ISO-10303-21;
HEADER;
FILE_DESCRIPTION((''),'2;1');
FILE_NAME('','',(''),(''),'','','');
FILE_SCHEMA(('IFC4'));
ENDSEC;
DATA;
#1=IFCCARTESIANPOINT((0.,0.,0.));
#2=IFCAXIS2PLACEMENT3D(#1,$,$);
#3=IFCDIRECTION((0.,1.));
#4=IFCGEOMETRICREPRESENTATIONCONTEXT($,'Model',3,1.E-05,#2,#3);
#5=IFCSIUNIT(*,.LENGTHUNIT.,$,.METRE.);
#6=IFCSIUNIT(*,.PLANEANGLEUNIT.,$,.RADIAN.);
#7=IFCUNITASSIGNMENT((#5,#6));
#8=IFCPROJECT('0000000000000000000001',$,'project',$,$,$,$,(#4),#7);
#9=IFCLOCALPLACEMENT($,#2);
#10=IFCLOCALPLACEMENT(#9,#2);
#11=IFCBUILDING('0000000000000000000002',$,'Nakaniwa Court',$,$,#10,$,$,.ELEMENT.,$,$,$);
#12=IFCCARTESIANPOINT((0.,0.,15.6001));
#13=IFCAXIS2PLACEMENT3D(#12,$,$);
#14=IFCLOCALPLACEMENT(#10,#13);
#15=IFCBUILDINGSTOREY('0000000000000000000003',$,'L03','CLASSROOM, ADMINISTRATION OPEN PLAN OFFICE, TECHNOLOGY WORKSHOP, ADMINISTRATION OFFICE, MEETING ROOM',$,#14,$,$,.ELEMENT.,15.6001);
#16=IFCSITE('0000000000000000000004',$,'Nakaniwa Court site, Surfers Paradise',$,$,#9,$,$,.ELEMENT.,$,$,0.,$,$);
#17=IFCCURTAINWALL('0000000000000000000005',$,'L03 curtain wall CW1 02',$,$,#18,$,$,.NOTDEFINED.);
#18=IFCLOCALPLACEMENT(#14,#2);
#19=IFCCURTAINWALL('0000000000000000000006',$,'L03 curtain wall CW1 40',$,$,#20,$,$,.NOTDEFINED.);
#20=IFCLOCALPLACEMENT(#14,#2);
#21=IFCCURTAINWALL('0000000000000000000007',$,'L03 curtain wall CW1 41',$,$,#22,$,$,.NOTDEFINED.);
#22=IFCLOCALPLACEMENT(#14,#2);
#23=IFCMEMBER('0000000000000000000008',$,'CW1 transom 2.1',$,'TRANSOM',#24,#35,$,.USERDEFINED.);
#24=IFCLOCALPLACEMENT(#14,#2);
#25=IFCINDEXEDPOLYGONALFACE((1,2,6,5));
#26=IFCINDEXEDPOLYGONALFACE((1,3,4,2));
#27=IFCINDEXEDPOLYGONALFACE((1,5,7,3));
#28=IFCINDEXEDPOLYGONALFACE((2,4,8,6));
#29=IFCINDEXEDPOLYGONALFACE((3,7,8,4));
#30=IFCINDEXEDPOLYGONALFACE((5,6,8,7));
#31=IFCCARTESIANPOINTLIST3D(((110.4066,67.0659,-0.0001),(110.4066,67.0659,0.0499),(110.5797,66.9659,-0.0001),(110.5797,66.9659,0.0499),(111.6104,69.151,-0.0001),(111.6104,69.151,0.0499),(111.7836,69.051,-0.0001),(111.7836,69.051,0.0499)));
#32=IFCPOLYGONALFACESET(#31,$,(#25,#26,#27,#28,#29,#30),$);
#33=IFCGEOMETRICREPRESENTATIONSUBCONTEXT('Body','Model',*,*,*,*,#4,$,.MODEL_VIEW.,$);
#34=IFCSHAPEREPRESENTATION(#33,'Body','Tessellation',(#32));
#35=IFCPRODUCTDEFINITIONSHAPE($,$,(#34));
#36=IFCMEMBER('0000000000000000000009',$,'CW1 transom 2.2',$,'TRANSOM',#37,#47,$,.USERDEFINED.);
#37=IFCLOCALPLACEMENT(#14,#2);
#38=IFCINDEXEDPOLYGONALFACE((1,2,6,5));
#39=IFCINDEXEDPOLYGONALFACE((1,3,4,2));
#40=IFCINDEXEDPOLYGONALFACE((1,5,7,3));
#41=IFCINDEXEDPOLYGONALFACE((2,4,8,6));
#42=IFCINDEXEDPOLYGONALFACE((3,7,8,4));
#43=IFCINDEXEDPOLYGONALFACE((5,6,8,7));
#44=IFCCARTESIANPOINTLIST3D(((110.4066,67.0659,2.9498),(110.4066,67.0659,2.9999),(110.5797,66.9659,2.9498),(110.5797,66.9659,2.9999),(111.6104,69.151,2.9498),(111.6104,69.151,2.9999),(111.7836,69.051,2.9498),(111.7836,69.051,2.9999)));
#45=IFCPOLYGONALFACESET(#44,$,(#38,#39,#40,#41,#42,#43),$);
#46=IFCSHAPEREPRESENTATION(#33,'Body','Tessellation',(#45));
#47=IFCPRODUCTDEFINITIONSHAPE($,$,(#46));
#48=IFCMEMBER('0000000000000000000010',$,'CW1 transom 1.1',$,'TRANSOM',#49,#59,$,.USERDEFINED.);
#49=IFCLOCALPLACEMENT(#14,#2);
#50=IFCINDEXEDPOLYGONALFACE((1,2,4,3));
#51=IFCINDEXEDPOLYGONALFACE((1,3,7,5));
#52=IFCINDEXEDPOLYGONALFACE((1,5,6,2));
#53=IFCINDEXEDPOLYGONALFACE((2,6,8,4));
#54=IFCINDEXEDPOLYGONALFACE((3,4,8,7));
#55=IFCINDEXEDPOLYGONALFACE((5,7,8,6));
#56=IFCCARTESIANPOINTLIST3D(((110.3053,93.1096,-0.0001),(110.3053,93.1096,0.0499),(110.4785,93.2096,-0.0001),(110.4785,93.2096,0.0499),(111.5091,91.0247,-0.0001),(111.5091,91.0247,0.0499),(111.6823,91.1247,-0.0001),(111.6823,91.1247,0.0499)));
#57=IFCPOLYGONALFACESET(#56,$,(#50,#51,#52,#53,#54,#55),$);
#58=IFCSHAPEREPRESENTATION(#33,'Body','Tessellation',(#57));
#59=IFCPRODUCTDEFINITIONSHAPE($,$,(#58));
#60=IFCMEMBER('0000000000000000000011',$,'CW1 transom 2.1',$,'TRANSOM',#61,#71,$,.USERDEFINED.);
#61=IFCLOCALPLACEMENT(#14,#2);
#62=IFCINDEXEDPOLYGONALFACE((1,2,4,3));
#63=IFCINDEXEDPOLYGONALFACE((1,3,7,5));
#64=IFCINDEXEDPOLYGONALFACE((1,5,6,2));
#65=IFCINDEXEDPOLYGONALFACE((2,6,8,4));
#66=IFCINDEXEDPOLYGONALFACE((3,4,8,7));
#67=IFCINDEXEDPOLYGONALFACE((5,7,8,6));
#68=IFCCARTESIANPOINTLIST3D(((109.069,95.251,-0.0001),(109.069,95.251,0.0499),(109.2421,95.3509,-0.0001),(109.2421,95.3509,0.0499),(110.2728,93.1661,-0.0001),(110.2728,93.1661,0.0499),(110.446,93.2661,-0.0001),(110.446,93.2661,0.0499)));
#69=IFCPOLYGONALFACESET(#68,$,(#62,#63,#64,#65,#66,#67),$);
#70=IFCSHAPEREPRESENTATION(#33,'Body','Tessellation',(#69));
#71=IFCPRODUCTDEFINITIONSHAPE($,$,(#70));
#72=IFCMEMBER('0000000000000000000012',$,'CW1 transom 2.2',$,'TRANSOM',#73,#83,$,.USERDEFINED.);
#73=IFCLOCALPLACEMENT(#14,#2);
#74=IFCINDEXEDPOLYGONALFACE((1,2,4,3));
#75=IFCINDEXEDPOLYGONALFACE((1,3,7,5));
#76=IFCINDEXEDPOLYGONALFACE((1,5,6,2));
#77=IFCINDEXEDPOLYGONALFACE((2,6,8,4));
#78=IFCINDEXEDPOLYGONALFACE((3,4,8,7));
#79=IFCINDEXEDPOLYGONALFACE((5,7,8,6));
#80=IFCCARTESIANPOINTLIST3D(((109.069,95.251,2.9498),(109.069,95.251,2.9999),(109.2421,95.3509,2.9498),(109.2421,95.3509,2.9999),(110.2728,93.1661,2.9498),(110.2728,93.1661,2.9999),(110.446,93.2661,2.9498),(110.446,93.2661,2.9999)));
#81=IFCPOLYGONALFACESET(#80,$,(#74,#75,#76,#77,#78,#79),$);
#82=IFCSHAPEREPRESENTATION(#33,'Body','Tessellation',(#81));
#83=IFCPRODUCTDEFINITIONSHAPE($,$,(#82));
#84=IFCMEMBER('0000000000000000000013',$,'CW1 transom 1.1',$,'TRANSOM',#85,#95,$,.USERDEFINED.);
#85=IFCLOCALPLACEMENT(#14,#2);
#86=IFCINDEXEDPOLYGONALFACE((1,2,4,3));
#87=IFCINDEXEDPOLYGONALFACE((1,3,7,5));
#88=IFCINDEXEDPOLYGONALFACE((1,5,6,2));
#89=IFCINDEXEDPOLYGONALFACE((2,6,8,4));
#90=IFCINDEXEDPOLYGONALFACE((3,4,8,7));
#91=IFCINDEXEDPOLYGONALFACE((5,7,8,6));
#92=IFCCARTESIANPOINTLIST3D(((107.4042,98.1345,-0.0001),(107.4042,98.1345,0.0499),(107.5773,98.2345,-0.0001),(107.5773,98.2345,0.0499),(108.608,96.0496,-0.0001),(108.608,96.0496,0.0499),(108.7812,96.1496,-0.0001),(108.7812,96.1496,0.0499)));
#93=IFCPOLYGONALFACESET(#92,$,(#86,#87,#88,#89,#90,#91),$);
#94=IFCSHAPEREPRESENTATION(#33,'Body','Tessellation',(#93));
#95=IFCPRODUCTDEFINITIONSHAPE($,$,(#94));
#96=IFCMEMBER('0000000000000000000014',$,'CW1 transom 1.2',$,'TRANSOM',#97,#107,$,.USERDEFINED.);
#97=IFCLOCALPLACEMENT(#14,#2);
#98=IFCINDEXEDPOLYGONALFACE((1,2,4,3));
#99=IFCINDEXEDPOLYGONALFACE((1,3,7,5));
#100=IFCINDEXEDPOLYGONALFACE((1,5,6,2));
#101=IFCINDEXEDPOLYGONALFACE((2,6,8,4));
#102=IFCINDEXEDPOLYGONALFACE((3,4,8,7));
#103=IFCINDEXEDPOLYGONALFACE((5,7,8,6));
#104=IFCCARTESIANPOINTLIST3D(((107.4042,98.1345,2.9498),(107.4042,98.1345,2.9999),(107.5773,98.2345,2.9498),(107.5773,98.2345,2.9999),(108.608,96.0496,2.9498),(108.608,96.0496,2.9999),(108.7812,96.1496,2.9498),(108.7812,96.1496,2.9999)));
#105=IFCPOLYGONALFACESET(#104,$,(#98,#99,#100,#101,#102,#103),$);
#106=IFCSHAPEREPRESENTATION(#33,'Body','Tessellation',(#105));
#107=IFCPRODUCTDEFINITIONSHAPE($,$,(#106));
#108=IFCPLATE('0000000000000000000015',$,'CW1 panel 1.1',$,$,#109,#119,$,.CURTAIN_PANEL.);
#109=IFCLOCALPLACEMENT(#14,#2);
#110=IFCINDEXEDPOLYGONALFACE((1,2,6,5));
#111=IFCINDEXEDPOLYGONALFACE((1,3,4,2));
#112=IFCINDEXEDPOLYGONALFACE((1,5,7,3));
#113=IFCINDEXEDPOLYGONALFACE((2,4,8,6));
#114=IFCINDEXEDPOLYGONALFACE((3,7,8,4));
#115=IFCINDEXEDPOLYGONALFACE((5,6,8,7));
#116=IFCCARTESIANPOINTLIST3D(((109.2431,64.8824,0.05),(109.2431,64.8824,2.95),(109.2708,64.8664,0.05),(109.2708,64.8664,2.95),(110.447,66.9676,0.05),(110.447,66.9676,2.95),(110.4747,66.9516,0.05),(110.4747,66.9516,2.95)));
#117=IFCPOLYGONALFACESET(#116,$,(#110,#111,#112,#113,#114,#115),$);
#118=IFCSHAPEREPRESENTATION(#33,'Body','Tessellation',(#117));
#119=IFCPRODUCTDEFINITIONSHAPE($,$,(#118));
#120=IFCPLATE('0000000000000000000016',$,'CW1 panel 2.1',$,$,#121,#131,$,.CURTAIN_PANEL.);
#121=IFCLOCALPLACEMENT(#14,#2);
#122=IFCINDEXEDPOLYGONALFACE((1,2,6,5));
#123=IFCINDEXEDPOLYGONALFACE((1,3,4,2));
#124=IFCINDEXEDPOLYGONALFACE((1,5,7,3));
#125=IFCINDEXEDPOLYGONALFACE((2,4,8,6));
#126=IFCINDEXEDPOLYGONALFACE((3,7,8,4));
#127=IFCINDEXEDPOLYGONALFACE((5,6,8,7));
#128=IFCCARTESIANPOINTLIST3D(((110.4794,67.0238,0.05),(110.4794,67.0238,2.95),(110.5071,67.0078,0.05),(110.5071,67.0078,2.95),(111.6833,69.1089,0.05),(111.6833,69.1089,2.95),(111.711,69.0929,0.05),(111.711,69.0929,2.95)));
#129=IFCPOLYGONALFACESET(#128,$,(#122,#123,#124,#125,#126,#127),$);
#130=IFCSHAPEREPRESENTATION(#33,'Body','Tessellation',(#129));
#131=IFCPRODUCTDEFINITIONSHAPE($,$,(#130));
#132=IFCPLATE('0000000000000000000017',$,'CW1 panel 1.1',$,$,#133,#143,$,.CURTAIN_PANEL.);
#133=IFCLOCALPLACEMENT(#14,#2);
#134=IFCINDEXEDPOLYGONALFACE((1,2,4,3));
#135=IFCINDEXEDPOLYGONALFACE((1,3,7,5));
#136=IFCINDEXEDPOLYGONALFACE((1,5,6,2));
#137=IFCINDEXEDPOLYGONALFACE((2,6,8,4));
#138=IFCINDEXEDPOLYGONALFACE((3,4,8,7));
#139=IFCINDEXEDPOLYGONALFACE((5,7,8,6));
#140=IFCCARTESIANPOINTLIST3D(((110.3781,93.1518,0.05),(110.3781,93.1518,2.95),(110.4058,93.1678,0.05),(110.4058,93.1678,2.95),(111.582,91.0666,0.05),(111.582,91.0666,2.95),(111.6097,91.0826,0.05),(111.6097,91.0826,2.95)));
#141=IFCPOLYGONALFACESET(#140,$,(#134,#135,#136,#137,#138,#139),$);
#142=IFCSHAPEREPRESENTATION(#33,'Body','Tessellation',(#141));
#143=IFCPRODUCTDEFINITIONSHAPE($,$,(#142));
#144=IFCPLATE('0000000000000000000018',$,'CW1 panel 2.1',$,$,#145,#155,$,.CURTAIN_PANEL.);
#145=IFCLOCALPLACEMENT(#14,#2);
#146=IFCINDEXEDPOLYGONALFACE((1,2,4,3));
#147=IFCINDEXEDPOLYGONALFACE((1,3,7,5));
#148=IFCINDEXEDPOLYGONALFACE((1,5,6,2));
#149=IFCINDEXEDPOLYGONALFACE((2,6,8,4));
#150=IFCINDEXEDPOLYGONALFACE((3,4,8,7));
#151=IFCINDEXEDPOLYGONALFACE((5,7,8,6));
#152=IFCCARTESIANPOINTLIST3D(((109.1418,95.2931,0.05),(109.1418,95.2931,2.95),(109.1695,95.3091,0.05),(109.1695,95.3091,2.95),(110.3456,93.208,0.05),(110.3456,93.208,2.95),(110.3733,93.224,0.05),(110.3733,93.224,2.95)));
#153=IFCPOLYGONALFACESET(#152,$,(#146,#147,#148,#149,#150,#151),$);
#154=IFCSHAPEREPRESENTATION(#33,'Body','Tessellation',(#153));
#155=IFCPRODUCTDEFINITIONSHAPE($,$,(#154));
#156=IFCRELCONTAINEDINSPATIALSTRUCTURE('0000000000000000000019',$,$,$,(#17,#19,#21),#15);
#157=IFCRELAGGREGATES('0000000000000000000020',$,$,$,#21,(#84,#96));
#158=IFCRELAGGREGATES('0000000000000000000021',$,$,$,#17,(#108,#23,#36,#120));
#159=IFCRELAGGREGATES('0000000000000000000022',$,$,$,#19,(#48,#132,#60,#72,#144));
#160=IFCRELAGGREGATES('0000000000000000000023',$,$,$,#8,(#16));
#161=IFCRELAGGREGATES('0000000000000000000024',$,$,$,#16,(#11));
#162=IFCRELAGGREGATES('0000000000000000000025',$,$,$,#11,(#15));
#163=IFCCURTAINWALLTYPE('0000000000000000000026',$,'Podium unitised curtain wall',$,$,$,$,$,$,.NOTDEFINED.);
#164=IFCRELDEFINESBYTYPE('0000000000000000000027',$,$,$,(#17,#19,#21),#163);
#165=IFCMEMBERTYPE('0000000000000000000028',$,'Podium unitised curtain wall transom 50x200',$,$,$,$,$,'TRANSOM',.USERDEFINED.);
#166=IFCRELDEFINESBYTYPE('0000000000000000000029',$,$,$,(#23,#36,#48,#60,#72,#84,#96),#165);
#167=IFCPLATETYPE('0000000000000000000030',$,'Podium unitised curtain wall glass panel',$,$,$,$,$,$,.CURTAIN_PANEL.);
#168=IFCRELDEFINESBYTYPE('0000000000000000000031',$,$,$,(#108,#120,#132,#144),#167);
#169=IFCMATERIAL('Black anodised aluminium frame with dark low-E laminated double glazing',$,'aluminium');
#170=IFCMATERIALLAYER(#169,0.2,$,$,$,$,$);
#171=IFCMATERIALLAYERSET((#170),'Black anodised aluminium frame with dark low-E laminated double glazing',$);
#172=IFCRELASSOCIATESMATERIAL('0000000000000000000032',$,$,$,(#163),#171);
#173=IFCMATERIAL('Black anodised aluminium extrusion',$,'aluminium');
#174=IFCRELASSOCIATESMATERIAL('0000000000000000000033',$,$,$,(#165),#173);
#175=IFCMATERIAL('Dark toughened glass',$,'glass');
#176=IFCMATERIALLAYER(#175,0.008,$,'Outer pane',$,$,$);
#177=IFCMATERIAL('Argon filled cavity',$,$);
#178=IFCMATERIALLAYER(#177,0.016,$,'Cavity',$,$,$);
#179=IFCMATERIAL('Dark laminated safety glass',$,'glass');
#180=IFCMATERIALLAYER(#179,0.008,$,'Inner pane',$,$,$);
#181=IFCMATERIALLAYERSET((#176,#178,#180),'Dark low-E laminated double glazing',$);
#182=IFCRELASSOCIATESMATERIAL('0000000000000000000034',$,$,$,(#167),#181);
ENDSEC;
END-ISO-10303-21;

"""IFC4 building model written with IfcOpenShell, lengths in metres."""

from ifc_helpers import new_model, si_unit, direction, frame, origin, origin_2d, place, context, subcontext, project, spatial, rectangle, extrude, material, layer, layer_set, material_profile, profile_set, type_object, element, aggregate, save


model = new_model("IFC4")

# Units and contexts
model_context = context("Model", 3, precision=1e-05, world=origin(), true_north=direction((0.0, 1.0)))
body_context = subcontext(model_context, "Body", "Model", "MODEL_VIEW")
ifc_project = project(units=[si_unit("LENGTHUNIT", "METRE"), si_unit("PLANEANGLEUNIT", "RADIAN")], contexts=[model_context])

# Site, building, storey
site_placement = place(None, origin())
site = spatial("IfcSite", under=ifc_project, at=site_placement, Name="Nakaniwa Court site, Surfers Paradise", CompositionType="ELEMENT", RefElevation=0.0)
building_placement = place(site_placement, origin())
building = spatial("IfcBuilding", under=site, at=building_placement, Name="Nakaniwa Court", CompositionType="ELEMENT")
storey_placement = place(building_placement, frame((0.0, 0.0, 15.6001)))
storey = spatial("IfcBuildingStorey", under=building, at=storey_placement, Name="L03", Description="CLASSROOM, ADMINISTRATION OPEN PLAN OFFICE, TECHNOLOGY WORKSHOP, ADMINISTRATION OFFICE, MEETING ROOM", CompositionType="ELEMENT", Elevation=15.6001)

# Shared definitions
ifc_material_1 = material(Name="Black anodised aluminium frame with dark low-E laminated double glazing", Category="aluminium")
ifc_layer_1 = layer(ifc_material_1, 0.2)
ifc_layer_set_1 = layer_set([ifc_layer_1], Name="Black anodised aluminium frame with dark low-E laminated double glazing")
curtain_wall_type = type_object("IfcCurtainWallType", Name="Podium unitised curtain wall", PredefinedType="NOTDEFINED", material=ifc_layer_set_1)
ifc_material_2 = material(Name="Black anodised aluminium extrusion", Category="aluminium")

# Curtain walls
curtain_wall_1_placement = place(storey_placement, origin())
curtain_wall_1 = element("IfcCurtainWall", 1, at=curtain_wall_1_placement, inside=storey, type_object=curtain_wall_type, Name="L03 curtain wall CW1 02", PredefinedType="NOTDEFINED")
curtain_wall_2_placement = place(storey_placement, origin())
curtain_wall_2 = element("IfcCurtainWall", 2, at=curtain_wall_2_placement, inside=storey, type_object=curtain_wall_type, Name="L03 curtain wall CW1 40", PredefinedType="NOTDEFINED")

# Curtain wall
curtain_wall_3_placement = place(storey_placement, origin())
curtain_wall_3 = element("IfcCurtainWall", 3, at=curtain_wall_3_placement, inside=storey, type_object=curtain_wall_type, Name="L03 curtain wall CW1 41", PredefinedType="NOTDEFINED")

# Members
ifc_material_profile_1 = material_profile(ifc_material_2, rectangle(XDim=0.2, YDim=0.05, at=origin_2d()), Name="Podium unitised curtain wall transom 50x200")
ifc_profile_set_1 = profile_set([ifc_material_profile_1], Name="Black anodised aluminium extrusion")
member_type_1 = type_object("IfcMemberType", Name="Podium unitised curtain wall transom 50x200", ElementType="TRANSOM", PredefinedType="USERDEFINED", material=ifc_profile_set_1)
member_1_placement = place(storey_placement, frame((110.4932, 67.0159, 0.0249), z_axis=(0.499989, 0.866032, 0.0), x_axis=(-0.866032, 0.499989, 0.0)))
member_1 = element("IfcMember", 4, at=member_1_placement, type_object=member_type_1, Name="CW1 transom 2.1", ObjectType="TRANSOM", PredefinedType="USERDEFINED", context=body_context, shape_type="SweptSolid", body=[
    extrude(rectangle(XDim=0.2, YDim=0.05, at=origin_2d()), origin(), (0.0, 0.0, 1.0), 2.4077),
])
member_2_placement = place(storey_placement, frame((110.4932, 67.0159, 2.9749), z_axis=(0.499989, 0.866032, 0.0), x_axis=(-0.866032, 0.499989, 0.0)))
member_2 = element("IfcMember", 5, at=member_2_placement, type_object=member_type_1, Name="CW1 transom 2.2", ObjectType="TRANSOM", PredefinedType="USERDEFINED", context=body_context, shape_type="SweptSolid", body=[
    extrude(rectangle(XDim=0.2, YDim=0.05, at=origin_2d()), origin(), (0.0, 0.0, 1.0), 2.4077),
])
member_3_placement = place(storey_placement, frame((111.5957, 91.0747, 0.0249), z_axis=(-0.500033, 0.866007, 0.0), x_axis=(-0.866007, -0.500033, 0.0)))
member_3 = element("IfcMember", 6, at=member_3_placement, type_object=member_type_1, Name="CW1 transom 1.1", ObjectType="TRANSOM", PredefinedType="USERDEFINED", context=body_context, shape_type="SweptSolid", body=[
    extrude(rectangle(XDim=0.2, YDim=0.05, at=origin_2d()), origin(), (0.0, 0.0, 1.0), 2.4075),
])
member_4_placement = place(storey_placement, frame((110.3594, 93.2161, 0.0249), z_axis=(-0.500033, 0.866007, 0.0), x_axis=(-0.866007, -0.500033, 0.0)))
member_4 = element("IfcMember", 7, at=member_4_placement, type_object=member_type_1, Name="CW1 transom 2.1", ObjectType="TRANSOM", PredefinedType="USERDEFINED", context=body_context, shape_type="SweptSolid", body=[
    extrude(rectangle(XDim=0.2, YDim=0.05, at=origin_2d()), origin(), (0.0, 0.0, 1.0), 2.4075),
])
member_5_placement = place(storey_placement, frame((110.3594, 93.2161, 2.9749), z_axis=(-0.500033, 0.866007, 0.0), x_axis=(-0.866007, -0.500033, 0.0)))
member_5 = element("IfcMember", 8, at=member_5_placement, type_object=member_type_1, Name="CW1 transom 2.2", ObjectType="TRANSOM", PredefinedType="USERDEFINED", context=body_context, shape_type="SweptSolid", body=[
    extrude(rectangle(XDim=0.2, YDim=0.05, at=origin_2d()), origin(), (0.0, 0.0, 1.0), 2.4075),
])
member_6_placement = place(storey_placement, frame((108.6946, 96.0996, 0.0249), z_axis=(-0.500033, 0.866007, 0.0), x_axis=(-0.866007, -0.500033, 0.0)))
member_6 = element("IfcMember", 9, at=member_6_placement, type_object=member_type_1, Name="CW1 transom 1.1", ObjectType="TRANSOM", PredefinedType="USERDEFINED", context=body_context, shape_type="SweptSolid", body=[
    extrude(rectangle(XDim=0.2, YDim=0.05, at=origin_2d()), origin(), (0.0, 0.0, 1.0), 2.4075),
])
member_7_placement = place(storey_placement, frame((108.6946, 96.0996, 2.9749), z_axis=(-0.500033, 0.866007, 0.0), x_axis=(-0.866007, -0.500033, 0.0)))
member_7 = element("IfcMember", 10, at=member_7_placement, type_object=member_type_1, Name="CW1 transom 1.2", ObjectType="TRANSOM", PredefinedType="USERDEFINED", context=body_context, shape_type="SweptSolid", body=[
    extrude(rectangle(XDim=0.2, YDim=0.05, at=origin_2d()), origin(), (0.0, 0.0, 1.0), 2.4075),
])
aggregate(curtain_wall_3, [member_6, member_7])

# Plates
ifc_material_3 = material(Name="Dark toughened glass", Category="glass")
ifc_layer_2 = layer(ifc_material_3, 0.008, Name="Outer pane")
ifc_material_4 = material(Name="Argon filled cavity")
ifc_layer_3 = layer(ifc_material_4, 0.016, Name="Cavity")
ifc_material_5 = material(Name="Dark laminated safety glass", Category="glass")
ifc_layer_4 = layer(ifc_material_5, 0.008, Name="Inner pane")
ifc_layer_set_2 = layer_set([ifc_layer_2, ifc_layer_3, ifc_layer_4], Name="Dark low-E laminated double glazing")
plate_type = type_object("IfcPlateType", Name="Podium unitised curtain wall glass panel", PredefinedType="CURTAIN_PANEL", material=ifc_layer_set_2)
plate_1_placement = place(storey_placement, frame((109.8589, 65.917, 0.05), z_axis=(0.0, 0.0, 1.0), x_axis=(0.500003, 0.866024, 0.0)))
plate_1 = element("IfcPlate", 11, at=plate_1_placement, type_object=plate_type, Name="CW1 panel 1.1", PredefinedType="CURTAIN_PANEL", context=body_context, shape_type="SweptSolid", body=[
    extrude(rectangle(XDim=2.4077, YDim=0.032, at=origin_2d()), origin(), (0.0, 0.0, 1.0), 2.8999),
])
plate_2_placement = place(storey_placement, frame((111.0952, 68.0583, 0.05), z_axis=(0.0, 0.0, 1.0), x_axis=(0.500003, 0.866024, 0.0)))
plate_2 = element("IfcPlate", 12, at=plate_2_placement, type_object=plate_type, Name="CW1 panel 2.1", PredefinedType="CURTAIN_PANEL", context=body_context, shape_type="SweptSolid", body=[
    extrude(rectangle(XDim=2.4077, YDim=0.032, at=origin_2d()), origin(), (0.0, 0.0, 1.0), 2.8999),
])
aggregate(curtain_wall_1, [plate_1, member_1, member_2, plate_2])
plate_3_placement = place(storey_placement, frame((110.9939, 92.1172, 0.05), z_axis=(0.0, 0.0, 1.0), x_axis=(-0.499988, 0.866032, 0.0)))
plate_3 = element("IfcPlate", 13, at=plate_3_placement, type_object=plate_type, Name="CW1 panel 1.1", PredefinedType="CURTAIN_PANEL", context=body_context, shape_type="SweptSolid", body=[
    extrude(rectangle(XDim=2.4077, YDim=0.032, at=origin_2d()), origin(), (0.0, 0.0, 1.0), 2.8999),
])
plate_4_placement = place(storey_placement, frame((109.7576, 94.2585, 0.05), z_axis=(0.0, 0.0, 1.0), x_axis=(-0.499988, 0.866032, 0.0)))
plate_4 = element("IfcPlate", 14, at=plate_4_placement, type_object=plate_type, Name="CW1 panel 2.1", PredefinedType="CURTAIN_PANEL", context=body_context, shape_type="SweptSolid", body=[
    extrude(rectangle(XDim=2.4077, YDim=0.032, at=origin_2d()), origin(), (0.0, 0.0, 1.0), 2.8999),
])
aggregate(curtain_wall_2, [member_3, plate_3, member_4, member_5, plate_4])

save(model, "model.ifc")
